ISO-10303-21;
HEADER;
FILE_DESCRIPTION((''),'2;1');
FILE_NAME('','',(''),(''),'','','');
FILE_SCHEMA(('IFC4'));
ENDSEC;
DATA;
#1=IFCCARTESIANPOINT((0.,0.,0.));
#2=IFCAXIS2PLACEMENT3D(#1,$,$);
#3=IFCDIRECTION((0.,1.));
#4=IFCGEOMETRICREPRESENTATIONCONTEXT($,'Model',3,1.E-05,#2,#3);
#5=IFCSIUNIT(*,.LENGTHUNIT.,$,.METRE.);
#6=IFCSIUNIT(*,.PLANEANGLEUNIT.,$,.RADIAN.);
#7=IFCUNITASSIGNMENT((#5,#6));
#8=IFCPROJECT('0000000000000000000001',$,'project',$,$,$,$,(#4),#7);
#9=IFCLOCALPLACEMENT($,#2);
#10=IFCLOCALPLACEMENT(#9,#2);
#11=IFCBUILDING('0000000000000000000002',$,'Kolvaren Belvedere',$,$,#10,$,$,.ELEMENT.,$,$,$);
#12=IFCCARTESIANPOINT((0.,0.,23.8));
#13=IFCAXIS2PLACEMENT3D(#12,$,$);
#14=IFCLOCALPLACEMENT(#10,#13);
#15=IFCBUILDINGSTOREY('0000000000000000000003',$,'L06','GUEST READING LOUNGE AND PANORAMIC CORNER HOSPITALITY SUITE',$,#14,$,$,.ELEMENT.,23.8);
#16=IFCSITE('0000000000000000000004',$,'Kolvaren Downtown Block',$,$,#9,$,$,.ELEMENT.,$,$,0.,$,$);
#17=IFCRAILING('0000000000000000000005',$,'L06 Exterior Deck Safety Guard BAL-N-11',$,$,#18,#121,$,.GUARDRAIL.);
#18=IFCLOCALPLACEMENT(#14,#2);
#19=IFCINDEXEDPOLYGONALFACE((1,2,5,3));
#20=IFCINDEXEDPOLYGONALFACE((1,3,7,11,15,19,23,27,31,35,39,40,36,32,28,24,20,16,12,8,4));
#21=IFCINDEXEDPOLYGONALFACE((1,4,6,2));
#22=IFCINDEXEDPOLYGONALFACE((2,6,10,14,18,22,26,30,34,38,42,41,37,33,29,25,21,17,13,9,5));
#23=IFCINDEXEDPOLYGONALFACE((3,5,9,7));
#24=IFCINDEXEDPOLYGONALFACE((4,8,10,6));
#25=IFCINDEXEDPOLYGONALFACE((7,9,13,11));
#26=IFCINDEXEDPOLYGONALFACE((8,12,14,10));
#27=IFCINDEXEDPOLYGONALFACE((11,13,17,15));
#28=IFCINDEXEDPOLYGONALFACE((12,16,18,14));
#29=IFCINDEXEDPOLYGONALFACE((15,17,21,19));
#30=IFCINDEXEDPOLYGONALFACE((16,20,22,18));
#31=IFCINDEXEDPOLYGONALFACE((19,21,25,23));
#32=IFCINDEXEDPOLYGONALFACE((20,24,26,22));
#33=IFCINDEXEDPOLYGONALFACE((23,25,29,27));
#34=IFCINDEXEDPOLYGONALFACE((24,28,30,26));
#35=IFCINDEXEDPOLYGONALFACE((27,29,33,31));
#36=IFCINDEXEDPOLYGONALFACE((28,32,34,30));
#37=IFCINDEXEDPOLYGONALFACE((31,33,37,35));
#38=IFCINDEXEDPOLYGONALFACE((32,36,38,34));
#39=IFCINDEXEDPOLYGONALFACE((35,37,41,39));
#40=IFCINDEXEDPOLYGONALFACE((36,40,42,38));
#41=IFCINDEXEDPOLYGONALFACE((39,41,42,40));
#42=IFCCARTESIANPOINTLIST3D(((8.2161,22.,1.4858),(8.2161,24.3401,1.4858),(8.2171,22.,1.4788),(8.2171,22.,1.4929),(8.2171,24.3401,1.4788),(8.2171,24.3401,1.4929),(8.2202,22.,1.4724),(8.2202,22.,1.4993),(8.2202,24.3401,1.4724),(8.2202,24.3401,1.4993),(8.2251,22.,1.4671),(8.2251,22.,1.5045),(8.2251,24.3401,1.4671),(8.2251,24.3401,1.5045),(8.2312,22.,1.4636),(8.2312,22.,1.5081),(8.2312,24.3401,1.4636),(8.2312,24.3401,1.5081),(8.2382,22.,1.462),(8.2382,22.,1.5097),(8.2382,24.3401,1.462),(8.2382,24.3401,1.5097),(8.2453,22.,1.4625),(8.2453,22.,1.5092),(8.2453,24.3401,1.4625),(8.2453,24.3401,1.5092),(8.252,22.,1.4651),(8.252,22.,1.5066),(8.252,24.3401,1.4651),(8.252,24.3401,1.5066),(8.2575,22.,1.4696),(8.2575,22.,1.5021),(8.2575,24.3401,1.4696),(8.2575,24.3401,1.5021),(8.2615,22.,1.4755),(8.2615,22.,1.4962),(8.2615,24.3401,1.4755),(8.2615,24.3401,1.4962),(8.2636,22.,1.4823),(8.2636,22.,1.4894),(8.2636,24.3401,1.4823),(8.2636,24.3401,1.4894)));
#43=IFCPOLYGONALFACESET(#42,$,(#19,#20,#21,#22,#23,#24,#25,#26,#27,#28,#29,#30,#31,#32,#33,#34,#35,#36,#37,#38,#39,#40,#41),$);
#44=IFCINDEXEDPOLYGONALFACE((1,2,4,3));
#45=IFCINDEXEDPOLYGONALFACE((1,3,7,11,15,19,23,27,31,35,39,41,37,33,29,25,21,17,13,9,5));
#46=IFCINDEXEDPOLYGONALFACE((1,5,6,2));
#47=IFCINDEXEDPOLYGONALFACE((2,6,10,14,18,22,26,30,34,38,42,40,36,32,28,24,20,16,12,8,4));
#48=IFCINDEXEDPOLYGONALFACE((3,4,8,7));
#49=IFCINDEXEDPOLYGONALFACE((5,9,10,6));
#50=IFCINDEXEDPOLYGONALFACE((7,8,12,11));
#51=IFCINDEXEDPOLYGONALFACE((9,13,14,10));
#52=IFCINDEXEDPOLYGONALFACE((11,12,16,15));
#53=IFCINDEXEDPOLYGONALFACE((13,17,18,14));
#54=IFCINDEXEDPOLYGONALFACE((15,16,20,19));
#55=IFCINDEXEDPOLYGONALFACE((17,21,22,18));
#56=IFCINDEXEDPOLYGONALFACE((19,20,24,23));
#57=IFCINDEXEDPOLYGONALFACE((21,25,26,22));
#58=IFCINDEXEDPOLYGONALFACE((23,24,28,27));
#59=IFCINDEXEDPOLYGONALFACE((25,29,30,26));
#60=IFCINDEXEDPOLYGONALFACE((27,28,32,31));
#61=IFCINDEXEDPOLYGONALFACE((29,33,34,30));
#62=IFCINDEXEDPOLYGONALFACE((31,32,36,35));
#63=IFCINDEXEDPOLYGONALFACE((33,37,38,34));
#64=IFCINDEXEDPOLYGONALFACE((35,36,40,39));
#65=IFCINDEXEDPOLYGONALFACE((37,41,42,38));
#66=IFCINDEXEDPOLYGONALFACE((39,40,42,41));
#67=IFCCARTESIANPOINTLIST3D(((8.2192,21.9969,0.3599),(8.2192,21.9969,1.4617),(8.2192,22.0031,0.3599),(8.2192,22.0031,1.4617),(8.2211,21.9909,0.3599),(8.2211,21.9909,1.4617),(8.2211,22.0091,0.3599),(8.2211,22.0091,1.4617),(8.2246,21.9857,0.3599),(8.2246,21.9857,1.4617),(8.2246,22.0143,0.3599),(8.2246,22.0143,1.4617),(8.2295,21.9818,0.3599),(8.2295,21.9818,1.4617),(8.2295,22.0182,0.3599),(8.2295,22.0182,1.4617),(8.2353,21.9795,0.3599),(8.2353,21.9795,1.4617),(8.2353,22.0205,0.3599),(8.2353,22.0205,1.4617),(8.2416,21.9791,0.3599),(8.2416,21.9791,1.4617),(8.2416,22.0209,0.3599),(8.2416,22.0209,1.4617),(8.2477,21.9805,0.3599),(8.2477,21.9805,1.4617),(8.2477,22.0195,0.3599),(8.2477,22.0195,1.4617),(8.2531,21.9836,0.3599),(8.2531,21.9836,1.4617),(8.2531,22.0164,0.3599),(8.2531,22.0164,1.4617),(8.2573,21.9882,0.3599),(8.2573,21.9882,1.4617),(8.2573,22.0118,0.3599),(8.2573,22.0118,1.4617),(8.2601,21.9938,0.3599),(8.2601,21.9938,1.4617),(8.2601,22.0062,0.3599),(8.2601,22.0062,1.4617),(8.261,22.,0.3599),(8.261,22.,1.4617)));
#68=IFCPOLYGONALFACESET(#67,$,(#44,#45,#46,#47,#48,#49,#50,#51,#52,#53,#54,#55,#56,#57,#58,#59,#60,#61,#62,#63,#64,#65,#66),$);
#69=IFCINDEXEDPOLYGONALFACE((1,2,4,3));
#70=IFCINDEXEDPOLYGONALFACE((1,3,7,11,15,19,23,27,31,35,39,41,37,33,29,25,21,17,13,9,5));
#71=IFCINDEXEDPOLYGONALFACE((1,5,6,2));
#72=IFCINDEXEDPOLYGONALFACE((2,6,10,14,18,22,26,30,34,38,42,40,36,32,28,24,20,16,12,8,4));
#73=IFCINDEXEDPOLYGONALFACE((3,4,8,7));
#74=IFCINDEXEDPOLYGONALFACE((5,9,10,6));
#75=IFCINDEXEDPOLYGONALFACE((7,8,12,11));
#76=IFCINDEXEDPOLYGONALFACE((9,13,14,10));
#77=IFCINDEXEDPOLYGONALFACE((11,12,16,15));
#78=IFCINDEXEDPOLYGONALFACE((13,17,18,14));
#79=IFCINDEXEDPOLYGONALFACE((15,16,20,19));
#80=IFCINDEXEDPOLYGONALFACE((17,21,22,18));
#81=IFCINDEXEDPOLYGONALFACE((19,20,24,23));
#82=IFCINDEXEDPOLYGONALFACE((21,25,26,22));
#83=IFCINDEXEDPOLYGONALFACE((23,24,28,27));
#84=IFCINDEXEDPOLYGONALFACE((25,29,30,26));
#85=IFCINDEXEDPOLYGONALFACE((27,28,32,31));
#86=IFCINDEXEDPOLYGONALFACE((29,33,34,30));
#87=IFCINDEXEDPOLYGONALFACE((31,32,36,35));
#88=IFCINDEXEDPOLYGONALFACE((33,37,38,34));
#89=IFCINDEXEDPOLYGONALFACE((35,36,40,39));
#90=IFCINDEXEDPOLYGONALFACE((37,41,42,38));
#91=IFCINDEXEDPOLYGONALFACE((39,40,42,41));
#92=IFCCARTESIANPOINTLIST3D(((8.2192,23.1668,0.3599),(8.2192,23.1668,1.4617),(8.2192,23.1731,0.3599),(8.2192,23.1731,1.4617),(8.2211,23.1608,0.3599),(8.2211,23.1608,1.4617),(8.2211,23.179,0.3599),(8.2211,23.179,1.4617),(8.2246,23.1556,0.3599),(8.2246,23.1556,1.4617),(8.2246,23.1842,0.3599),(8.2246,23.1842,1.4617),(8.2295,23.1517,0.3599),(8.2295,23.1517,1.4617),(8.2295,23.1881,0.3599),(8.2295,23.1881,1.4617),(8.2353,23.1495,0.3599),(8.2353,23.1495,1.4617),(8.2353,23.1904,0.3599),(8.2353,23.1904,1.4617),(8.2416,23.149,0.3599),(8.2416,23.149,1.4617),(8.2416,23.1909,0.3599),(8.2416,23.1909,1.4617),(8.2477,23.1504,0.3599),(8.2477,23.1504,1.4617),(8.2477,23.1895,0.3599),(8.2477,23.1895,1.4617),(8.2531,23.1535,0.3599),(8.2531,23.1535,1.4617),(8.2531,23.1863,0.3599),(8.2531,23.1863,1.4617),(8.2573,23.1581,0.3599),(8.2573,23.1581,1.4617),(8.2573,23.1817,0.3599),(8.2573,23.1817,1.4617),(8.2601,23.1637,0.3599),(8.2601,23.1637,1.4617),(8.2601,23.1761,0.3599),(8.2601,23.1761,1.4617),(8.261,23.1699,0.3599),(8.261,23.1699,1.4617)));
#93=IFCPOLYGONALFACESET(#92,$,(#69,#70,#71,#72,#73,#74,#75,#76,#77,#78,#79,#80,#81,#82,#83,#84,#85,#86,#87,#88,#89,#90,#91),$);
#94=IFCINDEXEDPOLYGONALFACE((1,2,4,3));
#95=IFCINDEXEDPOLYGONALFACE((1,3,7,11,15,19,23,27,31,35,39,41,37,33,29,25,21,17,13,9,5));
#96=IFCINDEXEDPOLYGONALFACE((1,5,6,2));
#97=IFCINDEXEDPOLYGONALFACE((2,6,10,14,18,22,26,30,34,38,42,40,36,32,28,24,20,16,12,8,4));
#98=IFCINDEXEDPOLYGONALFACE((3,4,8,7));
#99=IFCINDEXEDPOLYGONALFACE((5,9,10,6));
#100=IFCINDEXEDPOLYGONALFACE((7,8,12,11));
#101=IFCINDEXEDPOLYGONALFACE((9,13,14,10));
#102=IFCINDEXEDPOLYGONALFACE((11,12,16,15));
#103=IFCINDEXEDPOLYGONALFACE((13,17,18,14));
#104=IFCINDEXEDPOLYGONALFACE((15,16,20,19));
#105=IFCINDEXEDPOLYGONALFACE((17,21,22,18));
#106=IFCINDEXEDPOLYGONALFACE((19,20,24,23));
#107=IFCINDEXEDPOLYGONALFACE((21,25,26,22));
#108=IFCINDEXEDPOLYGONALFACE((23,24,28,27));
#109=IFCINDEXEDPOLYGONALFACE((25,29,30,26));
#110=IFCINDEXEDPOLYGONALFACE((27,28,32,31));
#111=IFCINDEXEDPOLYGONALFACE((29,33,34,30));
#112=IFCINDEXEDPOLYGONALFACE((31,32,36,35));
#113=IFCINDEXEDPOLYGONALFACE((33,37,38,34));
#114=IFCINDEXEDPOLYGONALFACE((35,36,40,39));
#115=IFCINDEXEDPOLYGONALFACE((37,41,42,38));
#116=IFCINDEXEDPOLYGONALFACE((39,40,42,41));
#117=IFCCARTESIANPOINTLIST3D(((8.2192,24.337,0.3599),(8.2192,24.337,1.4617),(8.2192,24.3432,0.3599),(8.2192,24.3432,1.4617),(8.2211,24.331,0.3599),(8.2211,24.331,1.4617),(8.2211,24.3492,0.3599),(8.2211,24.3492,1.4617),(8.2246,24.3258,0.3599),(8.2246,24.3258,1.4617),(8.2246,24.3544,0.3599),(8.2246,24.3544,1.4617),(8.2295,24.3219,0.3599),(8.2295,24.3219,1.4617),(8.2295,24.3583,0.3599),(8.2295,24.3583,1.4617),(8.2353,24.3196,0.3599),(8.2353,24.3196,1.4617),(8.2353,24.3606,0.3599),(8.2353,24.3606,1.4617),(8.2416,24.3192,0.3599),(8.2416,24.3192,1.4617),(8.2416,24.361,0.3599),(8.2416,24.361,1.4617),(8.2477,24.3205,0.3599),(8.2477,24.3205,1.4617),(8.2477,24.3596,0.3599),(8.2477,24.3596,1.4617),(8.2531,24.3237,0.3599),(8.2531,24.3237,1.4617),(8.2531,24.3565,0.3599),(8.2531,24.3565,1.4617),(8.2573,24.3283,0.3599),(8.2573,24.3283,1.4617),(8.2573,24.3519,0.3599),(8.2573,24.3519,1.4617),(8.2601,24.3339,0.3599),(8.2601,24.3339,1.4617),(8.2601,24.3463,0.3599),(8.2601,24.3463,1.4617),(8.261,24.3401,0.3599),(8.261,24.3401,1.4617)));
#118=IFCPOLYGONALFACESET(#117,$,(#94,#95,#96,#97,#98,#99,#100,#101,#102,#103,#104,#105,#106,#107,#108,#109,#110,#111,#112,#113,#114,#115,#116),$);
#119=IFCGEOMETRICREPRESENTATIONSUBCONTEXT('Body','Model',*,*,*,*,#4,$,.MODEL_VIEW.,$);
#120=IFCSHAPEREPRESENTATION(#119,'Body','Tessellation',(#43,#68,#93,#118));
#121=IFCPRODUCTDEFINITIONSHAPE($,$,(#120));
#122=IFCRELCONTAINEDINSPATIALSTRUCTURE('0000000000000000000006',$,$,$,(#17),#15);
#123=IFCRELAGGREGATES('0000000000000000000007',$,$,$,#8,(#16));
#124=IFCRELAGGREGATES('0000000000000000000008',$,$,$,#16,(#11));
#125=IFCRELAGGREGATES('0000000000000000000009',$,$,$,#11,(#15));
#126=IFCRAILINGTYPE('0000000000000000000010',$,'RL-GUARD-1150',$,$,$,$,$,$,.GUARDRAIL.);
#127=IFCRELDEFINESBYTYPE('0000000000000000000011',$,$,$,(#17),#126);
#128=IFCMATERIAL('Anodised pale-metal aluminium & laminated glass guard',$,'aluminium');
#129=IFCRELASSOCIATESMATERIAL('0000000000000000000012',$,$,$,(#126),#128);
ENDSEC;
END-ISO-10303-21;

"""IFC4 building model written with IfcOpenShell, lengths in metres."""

from ifc_helpers import new_model, si_unit, direction, frame, origin, origin_2d, place, context, subcontext, project, spatial, circle, extrude, material, type_object, element, save


model = new_model("IFC4")

# Units and contexts
model_context = context("Model", 3, precision=1e-05, world=origin(), true_north=direction((0.0, 1.0)))
body_context = subcontext(model_context, "Body", "Model", "MODEL_VIEW")
ifc_project = project(units=[si_unit("LENGTHUNIT", "METRE"), si_unit("PLANEANGLEUNIT", "RADIAN")], contexts=[model_context])

# Site, building, storey
site_placement = place(None, origin())
site = spatial("IfcSite", under=ifc_project, at=site_placement, Name="Kolvaren Downtown Block", CompositionType="ELEMENT", RefElevation=0.0)
building_placement = place(site_placement, origin())
building = spatial("IfcBuilding", under=site, at=building_placement, Name="Kolvaren Belvedere", CompositionType="ELEMENT")
storey_placement = place(building_placement, frame((0.0, 0.0, 23.8)))
storey = spatial("IfcBuildingStorey", under=building, at=storey_placement, Name="L06", Description="GUEST READING LOUNGE AND PANORAMIC CORNER HOSPITALITY SUITE", CompositionType="ELEMENT", Elevation=23.8)

# Railing
ifc_material_1 = material(Name="Anodised pale-metal aluminium & laminated glass guard", Category="aluminium")
railing_type = type_object("IfcRailingType", Name="RL-GUARD-1150", PredefinedType="GUARDRAIL", material=ifc_material_1)
railing_1_placement = place(storey_placement, frame((8.24, 22.0, 0.3599)))
element("IfcRailing", 1, at=railing_1_placement, inside=storey, type_object=railing_type, Name="L06 Exterior Deck Safety Guard BAL-N-11", PredefinedType="GUARDRAIL", context=body_context, shape_type="SweptSolid", body=[
    extrude(circle(Radius=0.0239, at=origin_2d()), frame((0.0, 0.0, 1.126), z_axis=(0.0, 1.0, 0.0), x_axis=(-1.0, 0.0, 0.0)), (0.0, 0.0, 1.0), 2.3401),
    extrude(circle(Radius=0.021, at=origin_2d()), origin(), (0.0, 0.0, 1.0), 1.1018),
    extrude(circle(Radius=0.021, at=origin_2d()), frame((0.0, 1.1699, 0.0)), (0.0, 0.0, 1.0), 1.1018),
    extrude(circle(Radius=0.021, at=origin_2d()), frame((0.0, 2.3401, 0.0)), (0.0, 0.0, 1.0), 1.1018),
])

save(model, "model.ifc")
